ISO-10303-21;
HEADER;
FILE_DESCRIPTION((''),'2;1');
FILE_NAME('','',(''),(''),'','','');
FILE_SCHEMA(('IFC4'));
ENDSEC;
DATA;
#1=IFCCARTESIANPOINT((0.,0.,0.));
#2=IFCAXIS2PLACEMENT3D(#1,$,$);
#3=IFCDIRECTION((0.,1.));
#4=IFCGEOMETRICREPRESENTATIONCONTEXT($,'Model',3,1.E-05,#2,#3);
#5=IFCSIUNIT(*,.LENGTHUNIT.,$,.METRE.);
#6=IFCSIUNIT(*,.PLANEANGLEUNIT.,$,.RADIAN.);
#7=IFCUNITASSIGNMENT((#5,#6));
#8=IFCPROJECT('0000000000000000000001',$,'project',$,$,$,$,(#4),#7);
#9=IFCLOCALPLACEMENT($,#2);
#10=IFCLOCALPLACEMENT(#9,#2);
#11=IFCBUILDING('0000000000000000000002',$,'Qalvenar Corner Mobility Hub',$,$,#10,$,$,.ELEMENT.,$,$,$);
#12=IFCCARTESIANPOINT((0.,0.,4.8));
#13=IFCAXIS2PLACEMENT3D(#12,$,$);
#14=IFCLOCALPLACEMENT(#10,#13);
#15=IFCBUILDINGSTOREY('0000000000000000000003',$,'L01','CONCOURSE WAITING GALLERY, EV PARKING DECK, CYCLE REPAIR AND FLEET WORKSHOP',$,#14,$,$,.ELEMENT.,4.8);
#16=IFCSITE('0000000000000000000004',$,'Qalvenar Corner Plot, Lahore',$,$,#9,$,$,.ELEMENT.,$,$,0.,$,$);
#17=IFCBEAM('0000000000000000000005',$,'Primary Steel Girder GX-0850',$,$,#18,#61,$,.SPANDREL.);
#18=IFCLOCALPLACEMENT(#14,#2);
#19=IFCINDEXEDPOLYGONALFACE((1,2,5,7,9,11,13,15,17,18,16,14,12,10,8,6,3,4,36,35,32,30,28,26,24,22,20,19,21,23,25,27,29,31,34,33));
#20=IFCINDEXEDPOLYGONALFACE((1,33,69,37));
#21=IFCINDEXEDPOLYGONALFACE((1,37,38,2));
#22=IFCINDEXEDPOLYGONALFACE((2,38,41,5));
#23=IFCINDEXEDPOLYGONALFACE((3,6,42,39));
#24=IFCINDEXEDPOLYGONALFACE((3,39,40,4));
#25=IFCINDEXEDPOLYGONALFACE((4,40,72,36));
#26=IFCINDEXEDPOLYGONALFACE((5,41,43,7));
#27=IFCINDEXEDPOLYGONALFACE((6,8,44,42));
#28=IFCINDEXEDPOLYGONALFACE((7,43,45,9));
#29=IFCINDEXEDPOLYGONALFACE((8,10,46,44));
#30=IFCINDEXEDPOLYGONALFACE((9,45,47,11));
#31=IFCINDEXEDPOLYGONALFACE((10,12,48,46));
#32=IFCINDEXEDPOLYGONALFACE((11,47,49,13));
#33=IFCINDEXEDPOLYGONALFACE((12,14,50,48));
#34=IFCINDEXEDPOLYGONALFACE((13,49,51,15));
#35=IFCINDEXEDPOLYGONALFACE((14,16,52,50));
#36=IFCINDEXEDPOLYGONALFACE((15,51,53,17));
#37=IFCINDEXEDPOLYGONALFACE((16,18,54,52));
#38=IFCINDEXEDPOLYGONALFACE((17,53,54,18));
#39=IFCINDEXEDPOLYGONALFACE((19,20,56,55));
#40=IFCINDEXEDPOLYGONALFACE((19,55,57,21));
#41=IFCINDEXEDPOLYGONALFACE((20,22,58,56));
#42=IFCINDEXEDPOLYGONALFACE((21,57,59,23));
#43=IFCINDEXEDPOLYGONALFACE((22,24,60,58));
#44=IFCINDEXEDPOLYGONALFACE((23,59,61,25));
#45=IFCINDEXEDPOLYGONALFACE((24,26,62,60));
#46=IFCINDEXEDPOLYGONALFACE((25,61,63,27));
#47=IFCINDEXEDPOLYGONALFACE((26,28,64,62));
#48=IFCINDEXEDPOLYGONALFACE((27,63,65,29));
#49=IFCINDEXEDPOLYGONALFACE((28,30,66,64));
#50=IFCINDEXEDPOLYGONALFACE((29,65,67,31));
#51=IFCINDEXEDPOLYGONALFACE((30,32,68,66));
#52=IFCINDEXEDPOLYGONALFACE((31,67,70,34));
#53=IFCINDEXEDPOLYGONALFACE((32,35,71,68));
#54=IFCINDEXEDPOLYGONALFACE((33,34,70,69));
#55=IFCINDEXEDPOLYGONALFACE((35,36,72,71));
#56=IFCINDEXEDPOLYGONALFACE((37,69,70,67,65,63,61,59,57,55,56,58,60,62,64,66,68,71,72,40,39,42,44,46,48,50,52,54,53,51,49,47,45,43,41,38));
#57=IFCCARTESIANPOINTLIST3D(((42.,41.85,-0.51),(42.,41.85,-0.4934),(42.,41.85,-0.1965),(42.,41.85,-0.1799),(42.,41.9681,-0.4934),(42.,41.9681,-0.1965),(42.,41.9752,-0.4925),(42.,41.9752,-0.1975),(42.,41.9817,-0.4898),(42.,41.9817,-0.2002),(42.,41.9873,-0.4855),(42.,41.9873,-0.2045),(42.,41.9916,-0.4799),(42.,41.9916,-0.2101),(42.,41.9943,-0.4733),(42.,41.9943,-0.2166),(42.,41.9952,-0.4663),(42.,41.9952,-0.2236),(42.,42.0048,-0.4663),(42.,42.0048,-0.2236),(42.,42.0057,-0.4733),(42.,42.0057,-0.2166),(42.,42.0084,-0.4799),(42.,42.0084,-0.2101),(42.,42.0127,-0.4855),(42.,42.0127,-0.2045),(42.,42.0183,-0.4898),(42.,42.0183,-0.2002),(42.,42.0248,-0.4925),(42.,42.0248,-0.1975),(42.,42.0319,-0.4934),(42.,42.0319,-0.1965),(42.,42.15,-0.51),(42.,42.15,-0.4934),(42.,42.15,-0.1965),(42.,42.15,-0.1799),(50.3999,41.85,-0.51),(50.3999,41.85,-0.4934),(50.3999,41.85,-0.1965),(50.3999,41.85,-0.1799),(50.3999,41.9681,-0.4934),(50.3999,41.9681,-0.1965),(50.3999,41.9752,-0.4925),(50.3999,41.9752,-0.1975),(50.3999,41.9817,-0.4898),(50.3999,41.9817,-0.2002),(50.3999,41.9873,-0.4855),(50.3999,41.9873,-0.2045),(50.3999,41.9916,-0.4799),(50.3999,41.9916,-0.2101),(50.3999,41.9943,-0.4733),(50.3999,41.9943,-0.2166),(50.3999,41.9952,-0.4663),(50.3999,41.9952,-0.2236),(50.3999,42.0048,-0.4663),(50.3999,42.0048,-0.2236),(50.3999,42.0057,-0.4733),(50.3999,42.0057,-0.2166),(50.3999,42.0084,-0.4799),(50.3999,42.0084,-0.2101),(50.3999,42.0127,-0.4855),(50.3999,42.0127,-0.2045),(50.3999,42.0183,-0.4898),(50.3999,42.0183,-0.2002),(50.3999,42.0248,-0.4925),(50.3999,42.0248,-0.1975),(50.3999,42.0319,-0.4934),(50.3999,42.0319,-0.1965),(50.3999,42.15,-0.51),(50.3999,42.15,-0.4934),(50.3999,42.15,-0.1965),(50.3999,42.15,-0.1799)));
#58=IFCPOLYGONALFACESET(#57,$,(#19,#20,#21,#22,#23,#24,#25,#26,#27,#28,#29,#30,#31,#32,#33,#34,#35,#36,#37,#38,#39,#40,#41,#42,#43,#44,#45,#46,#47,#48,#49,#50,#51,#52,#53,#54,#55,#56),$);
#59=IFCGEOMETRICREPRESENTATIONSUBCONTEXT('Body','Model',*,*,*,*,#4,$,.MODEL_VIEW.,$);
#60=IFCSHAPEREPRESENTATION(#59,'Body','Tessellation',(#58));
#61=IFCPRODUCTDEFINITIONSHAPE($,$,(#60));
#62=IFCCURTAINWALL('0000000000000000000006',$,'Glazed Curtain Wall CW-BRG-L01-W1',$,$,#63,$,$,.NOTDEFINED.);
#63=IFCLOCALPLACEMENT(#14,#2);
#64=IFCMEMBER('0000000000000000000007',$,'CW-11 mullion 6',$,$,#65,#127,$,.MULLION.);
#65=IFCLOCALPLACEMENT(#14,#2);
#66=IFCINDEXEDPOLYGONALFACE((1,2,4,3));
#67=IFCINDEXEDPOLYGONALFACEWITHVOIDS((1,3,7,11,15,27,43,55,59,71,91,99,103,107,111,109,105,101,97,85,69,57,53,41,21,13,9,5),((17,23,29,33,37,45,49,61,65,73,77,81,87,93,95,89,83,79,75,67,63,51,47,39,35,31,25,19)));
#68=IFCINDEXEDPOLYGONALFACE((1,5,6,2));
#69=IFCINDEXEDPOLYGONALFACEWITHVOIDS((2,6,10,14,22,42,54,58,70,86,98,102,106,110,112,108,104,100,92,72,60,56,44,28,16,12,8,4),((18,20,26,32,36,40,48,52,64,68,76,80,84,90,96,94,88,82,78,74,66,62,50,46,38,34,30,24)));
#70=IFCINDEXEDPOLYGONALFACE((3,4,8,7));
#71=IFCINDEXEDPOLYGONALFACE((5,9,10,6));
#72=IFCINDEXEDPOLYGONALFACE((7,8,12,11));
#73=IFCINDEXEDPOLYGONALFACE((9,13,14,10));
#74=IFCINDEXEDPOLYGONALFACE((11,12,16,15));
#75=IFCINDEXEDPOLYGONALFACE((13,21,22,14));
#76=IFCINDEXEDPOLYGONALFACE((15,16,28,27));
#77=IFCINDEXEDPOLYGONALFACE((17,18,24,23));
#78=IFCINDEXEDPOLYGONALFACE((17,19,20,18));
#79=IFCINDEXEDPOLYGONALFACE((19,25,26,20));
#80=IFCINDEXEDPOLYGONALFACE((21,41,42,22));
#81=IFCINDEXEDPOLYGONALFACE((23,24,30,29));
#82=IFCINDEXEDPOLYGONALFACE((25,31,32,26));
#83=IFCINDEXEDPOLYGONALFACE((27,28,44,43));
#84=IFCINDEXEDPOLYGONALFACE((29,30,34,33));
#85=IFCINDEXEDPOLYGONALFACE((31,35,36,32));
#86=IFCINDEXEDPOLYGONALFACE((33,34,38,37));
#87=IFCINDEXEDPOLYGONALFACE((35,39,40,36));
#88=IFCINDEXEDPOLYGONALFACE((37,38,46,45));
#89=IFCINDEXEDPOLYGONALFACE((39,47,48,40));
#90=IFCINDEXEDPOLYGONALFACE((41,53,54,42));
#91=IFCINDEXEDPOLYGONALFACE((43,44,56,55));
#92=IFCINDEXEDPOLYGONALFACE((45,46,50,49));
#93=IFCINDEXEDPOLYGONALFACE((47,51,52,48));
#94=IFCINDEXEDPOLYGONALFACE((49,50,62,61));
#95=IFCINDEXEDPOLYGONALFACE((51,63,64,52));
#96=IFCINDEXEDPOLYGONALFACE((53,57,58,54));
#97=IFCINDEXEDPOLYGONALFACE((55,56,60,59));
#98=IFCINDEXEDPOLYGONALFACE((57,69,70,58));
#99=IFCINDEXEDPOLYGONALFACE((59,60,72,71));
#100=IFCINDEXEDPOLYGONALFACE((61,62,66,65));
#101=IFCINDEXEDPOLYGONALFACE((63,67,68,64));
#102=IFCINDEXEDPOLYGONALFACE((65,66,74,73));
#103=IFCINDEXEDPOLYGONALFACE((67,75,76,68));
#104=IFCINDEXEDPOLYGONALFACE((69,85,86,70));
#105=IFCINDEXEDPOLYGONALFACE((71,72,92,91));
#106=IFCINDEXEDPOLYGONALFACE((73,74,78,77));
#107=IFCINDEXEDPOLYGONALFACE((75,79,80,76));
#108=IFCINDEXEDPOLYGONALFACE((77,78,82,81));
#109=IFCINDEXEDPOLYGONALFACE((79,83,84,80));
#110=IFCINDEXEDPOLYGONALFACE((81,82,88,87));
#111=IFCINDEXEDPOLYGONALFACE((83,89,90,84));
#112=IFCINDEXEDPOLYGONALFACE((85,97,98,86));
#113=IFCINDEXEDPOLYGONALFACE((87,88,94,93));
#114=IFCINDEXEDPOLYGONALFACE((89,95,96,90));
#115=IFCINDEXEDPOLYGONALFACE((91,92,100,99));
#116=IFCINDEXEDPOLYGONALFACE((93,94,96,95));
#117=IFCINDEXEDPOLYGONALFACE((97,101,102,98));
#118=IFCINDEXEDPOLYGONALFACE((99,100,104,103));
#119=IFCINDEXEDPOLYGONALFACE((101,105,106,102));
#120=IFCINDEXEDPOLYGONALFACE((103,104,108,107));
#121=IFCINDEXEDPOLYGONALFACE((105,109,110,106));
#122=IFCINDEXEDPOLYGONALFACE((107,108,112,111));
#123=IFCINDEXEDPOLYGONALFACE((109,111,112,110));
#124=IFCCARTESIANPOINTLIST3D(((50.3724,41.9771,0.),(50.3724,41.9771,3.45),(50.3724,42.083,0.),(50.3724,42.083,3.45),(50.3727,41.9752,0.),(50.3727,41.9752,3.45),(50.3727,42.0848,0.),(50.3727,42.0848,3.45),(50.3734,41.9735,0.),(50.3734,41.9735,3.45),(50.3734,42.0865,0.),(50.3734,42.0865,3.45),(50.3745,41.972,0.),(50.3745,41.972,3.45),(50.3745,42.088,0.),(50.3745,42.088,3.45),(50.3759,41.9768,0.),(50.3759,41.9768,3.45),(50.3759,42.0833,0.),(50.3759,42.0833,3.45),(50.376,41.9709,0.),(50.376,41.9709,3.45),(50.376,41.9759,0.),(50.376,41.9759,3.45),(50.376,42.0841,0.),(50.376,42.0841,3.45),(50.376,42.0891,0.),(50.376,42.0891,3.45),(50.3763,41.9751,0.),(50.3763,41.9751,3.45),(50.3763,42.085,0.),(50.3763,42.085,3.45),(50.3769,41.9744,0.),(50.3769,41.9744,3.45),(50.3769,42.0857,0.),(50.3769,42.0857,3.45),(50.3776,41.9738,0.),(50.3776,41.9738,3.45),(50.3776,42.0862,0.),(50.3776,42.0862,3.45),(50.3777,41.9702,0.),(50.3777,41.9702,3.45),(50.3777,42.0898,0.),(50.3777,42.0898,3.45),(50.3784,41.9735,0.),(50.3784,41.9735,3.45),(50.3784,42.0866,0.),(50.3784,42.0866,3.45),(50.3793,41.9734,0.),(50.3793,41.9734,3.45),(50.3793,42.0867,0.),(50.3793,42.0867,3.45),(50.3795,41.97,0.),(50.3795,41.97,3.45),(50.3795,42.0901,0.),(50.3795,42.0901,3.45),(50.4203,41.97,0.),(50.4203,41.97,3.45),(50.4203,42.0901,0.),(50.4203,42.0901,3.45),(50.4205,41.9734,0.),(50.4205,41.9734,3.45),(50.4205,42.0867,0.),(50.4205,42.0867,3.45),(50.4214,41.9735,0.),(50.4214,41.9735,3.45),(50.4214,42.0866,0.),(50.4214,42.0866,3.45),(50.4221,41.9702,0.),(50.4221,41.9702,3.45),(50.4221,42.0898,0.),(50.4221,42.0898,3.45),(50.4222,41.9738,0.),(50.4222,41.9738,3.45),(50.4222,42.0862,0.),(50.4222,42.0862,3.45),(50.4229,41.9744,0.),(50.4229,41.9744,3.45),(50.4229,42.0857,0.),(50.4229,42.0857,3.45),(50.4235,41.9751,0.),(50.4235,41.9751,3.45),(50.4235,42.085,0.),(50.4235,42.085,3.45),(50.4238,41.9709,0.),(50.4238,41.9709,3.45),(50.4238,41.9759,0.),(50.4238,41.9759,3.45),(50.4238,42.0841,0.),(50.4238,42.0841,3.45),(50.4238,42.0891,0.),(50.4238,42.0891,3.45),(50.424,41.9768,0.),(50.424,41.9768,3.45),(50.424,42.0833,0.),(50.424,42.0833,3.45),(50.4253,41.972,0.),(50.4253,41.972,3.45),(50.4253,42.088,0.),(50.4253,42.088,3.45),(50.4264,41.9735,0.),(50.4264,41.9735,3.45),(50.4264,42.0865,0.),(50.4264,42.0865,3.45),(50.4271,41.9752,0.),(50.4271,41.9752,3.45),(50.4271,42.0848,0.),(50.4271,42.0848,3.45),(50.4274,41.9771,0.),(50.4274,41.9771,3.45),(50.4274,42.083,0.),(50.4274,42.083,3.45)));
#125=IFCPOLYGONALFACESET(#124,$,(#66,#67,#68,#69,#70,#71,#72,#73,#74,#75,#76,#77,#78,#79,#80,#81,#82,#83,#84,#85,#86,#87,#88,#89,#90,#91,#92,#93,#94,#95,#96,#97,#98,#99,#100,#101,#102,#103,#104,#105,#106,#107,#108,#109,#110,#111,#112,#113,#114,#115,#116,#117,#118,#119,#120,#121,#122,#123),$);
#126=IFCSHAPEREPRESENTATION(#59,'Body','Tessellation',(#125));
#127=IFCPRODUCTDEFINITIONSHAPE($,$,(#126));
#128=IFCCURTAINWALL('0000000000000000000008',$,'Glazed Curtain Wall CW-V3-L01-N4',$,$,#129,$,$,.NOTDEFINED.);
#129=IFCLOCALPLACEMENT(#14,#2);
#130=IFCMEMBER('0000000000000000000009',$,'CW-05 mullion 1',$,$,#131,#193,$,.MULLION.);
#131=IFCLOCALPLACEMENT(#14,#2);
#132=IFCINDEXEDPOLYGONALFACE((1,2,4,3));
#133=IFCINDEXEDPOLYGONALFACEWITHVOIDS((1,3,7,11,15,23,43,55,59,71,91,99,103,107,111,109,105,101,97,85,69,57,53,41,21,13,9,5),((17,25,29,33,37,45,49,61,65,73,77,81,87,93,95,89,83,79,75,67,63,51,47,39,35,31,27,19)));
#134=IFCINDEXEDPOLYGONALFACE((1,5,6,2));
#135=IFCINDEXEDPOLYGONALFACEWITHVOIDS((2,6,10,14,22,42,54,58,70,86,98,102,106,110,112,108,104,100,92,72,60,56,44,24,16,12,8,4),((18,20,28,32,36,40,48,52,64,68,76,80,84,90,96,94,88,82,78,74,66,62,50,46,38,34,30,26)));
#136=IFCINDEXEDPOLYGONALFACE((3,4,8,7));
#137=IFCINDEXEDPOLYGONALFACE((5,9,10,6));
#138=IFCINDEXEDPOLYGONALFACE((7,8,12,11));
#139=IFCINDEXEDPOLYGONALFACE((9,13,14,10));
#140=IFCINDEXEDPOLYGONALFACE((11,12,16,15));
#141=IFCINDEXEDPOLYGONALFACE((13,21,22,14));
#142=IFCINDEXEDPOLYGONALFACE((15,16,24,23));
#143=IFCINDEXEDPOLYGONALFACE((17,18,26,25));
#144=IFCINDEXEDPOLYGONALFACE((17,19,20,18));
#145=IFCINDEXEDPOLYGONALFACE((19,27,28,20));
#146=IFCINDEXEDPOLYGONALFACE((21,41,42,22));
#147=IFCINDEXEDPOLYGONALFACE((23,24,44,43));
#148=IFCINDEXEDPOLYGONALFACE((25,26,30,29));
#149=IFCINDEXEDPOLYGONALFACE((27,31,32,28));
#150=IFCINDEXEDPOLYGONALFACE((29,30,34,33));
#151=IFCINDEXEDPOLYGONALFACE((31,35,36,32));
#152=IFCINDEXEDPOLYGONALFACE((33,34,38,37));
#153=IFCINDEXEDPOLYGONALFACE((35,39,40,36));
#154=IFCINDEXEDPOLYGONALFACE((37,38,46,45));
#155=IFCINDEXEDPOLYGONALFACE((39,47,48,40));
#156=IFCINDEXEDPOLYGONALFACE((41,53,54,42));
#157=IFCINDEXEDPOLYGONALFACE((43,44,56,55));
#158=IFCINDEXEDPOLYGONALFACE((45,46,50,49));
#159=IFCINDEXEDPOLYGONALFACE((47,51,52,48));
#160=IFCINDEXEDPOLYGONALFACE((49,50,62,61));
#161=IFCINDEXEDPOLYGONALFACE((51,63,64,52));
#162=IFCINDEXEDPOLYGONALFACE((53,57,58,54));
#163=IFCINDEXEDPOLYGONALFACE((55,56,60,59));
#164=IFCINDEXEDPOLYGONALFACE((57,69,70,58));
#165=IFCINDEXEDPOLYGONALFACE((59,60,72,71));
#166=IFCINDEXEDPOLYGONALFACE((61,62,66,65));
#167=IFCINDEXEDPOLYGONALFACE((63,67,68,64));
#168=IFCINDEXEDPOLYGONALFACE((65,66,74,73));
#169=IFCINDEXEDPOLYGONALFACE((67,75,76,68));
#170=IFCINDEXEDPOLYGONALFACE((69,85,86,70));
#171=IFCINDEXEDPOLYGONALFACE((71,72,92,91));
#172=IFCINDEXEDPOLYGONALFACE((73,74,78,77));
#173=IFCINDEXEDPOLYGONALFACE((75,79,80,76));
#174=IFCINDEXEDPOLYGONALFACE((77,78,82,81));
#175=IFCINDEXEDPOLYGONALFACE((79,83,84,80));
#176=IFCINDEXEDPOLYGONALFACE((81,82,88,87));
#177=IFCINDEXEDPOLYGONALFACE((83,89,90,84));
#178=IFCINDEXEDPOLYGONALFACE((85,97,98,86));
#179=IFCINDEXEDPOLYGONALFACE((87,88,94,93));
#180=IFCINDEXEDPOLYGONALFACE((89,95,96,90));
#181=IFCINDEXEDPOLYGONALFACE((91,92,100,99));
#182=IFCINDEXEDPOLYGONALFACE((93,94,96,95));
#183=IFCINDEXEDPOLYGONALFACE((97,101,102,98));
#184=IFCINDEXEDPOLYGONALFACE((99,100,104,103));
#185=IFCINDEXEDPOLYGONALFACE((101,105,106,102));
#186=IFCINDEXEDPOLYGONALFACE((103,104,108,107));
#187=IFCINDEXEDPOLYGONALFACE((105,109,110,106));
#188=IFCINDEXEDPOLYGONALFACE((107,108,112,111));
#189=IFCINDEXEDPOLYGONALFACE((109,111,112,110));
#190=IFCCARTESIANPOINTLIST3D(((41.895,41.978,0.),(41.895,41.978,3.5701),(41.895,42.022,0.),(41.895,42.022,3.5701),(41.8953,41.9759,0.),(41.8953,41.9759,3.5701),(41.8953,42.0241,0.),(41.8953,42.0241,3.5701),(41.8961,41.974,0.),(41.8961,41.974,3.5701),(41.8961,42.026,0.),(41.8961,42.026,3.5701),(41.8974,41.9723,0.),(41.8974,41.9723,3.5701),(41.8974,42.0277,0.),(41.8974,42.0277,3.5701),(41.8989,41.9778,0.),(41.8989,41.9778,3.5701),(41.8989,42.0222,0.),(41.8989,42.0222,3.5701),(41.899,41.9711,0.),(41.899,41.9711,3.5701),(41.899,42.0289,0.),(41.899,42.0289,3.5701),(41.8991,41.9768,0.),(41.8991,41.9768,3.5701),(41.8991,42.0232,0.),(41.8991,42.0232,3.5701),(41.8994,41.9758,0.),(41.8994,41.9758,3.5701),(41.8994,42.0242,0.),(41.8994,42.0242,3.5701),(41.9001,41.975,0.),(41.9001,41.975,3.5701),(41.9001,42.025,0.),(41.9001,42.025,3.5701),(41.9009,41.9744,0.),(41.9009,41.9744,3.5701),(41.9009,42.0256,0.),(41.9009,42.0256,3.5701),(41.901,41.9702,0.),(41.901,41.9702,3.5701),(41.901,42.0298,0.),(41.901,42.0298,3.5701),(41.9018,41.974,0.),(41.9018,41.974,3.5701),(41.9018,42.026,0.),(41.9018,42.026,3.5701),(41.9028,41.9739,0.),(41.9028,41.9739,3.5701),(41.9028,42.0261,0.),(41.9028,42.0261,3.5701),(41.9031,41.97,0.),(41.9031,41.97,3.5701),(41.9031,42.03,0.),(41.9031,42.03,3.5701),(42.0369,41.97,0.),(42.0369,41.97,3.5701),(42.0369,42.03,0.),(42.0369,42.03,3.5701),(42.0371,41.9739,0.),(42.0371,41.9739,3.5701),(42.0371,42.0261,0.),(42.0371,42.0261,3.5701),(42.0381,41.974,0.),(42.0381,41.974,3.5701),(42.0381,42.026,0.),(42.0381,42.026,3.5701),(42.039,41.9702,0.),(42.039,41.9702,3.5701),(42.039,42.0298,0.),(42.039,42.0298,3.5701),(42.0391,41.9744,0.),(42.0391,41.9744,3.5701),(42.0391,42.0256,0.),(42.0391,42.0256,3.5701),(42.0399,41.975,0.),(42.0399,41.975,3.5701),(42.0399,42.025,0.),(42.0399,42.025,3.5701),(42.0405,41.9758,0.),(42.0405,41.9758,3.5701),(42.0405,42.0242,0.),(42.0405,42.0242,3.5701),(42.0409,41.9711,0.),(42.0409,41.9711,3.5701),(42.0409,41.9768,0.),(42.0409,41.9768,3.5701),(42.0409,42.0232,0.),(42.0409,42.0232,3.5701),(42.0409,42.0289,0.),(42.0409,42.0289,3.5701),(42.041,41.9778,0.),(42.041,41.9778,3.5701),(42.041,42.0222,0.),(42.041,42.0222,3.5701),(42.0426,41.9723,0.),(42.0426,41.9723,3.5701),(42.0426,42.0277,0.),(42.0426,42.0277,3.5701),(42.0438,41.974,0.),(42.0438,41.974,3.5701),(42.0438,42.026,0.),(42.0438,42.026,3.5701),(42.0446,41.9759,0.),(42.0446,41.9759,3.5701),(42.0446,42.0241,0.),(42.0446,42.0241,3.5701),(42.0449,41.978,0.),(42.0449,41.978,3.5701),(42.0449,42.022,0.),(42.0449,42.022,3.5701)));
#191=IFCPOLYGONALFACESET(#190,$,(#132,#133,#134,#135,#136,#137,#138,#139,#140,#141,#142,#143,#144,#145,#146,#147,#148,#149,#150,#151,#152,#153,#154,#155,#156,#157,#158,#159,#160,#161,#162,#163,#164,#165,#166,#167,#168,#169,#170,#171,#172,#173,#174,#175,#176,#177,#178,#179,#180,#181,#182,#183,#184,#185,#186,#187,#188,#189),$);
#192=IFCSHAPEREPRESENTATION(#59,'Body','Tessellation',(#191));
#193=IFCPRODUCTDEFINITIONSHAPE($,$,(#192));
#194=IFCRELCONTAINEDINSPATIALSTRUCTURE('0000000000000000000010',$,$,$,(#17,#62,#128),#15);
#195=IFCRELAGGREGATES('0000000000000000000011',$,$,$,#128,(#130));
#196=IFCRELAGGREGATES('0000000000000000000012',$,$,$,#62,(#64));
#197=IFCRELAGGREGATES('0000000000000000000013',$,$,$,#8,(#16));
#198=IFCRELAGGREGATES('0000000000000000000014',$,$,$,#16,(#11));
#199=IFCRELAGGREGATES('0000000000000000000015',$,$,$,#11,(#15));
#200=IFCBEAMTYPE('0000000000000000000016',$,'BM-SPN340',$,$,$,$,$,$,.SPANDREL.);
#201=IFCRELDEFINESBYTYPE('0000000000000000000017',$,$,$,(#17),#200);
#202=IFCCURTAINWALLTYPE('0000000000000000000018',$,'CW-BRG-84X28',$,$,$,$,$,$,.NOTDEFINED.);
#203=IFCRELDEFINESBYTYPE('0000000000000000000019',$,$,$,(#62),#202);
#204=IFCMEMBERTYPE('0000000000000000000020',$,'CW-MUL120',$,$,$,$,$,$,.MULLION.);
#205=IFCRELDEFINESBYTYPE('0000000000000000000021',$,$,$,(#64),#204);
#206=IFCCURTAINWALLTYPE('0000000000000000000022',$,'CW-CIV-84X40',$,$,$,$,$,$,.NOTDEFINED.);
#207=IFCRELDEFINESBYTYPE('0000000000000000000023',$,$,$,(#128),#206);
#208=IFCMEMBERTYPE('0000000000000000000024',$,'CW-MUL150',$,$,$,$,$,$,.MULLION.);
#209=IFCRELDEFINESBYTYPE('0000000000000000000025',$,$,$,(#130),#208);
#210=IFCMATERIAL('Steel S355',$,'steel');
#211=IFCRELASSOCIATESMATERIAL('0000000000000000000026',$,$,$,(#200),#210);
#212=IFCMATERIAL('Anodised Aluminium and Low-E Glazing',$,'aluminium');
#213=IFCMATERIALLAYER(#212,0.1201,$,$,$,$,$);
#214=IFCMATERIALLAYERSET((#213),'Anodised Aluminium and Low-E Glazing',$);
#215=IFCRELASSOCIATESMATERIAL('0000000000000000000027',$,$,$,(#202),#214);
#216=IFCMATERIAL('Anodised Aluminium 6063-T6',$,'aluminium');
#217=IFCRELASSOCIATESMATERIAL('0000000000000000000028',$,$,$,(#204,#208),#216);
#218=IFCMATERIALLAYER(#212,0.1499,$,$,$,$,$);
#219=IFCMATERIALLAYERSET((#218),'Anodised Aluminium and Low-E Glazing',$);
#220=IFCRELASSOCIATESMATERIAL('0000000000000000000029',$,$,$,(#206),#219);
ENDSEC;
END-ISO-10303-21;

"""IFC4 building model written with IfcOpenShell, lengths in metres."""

from ifc_helpers import new_model, si_unit, direction, frame, origin, origin_2d, place, context, subcontext, project, spatial, hollow_rectangle, i_section, extrude, material, layer, layer_set, material_profile, profile_set, type_object, element, aggregate, save


model = new_model("IFC4")

# Units and contexts
model_context = context("Model", 3, precision=1e-05, world=origin(), true_north=direction((0.0, 1.0)))
body_context = subcontext(model_context, "Body", "Model", "MODEL_VIEW")
ifc_project = project(units=[si_unit("LENGTHUNIT", "METRE"), si_unit("PLANEANGLEUNIT", "RADIAN")], contexts=[model_context])

# Site, building, storey
site_placement = place(None, origin())
site = spatial("IfcSite", under=ifc_project, at=site_placement, Name="Qalvenar Corner Plot, Lahore", CompositionType="ELEMENT", RefElevation=0.0)
building_placement = place(site_placement, origin())
building = spatial("IfcBuilding", under=site, at=building_placement, Name="Qalvenar Corner Mobility Hub", CompositionType="ELEMENT")
storey_placement = place(building_placement, frame((0.0, 0.0, 4.8)))
storey = spatial("IfcBuildingStorey", under=building, at=storey_placement, Name="L01", Description="CONCOURSE WAITING GALLERY, EV PARKING DECK, CYCLE REPAIR AND FLEET WORKSHOP", CompositionType="ELEMENT", Elevation=4.8)

# Shared definitions
ifc_material_1 = material(Name="Steel S355", Category="steel")

# Beam
ifc_material_profile_1 = material_profile(ifc_material_1, i_section(OverallWidth=0.3, OverallDepth=0.3301, WebThickness=0.0095, FlangeThickness=0.0166, FilletRadius=0.0271, at=origin_2d()), Name="HEA340")
ifc_profile_set_1 = profile_set([ifc_material_profile_1], Name="Steel S355")
beam_type_1 = type_object("IfcBeamType", Name="BM-SPN340", PredefinedType="SPANDREL", material=ifc_profile_set_1)
beam_1_placement = place(storey_placement, frame((42.0, 42.0, -0.345), z_axis=(1.0, 0.0, 0.0), x_axis=(0.0, 1.0, 0.0)))
element("IfcBeam", 1, at=beam_1_placement, inside=storey, type_object=beam_type_1, Name="Primary Steel Girder GX-0850", PredefinedType="SPANDREL", context=body_context, shape_type="SweptSolid", body=[
    extrude(i_section(OverallWidth=0.3, OverallDepth=0.3301, WebThickness=0.0095, FlangeThickness=0.0166, FilletRadius=0.0271, at=origin_2d()), origin(), (0.0, 0.0, 1.0), 8.3999),
])

# Curtain wall, member
ifc_material_2 = material(Name="Anodised Aluminium and Low-E Glazing", Category="aluminium")
ifc_layer_1 = layer(ifc_material_2, 0.1201)
ifc_layer_set_1 = layer_set([ifc_layer_1], Name="Anodised Aluminium and Low-E Glazing")
curtain_wall_type_1 = type_object("IfcCurtainWallType", Name="CW-BRG-84X28", PredefinedType="NOTDEFINED", material=ifc_layer_set_1)
curtain_wall_1_placement = place(storey_placement, origin())
curtain_wall_1 = element("IfcCurtainWall", 2, at=curtain_wall_1_placement, inside=storey, type_object=curtain_wall_type_1, Name="Glazed Curtain Wall CW-BRG-L01-W1", PredefinedType="NOTDEFINED")
ifc_material_3 = material(Name="Anodised Aluminium 6063-T6", Category="aluminium")
ifc_material_profile_2 = material_profile(ifc_material_3, hollow_rectangle(XDim=0.0549, YDim=0.1201, WallThickness=0.0034, InnerFilletRadius=0.0034, OuterFilletRadius=0.0071, at=origin_2d()), Name="RHS120x55x3.5")
ifc_profile_set_2 = profile_set([ifc_material_profile_2], Name="Anodised Aluminium 6063-T6")
member_type_1 = type_object("IfcMemberType", Name="CW-MUL120", PredefinedType="MULLION", material=ifc_profile_set_2)
member_1_placement = place(storey_placement, frame((50.3999, 42.03, 0.0), z_axis=(0.0, 0.0, 1.0), x_axis=(1.0, 0.0, 0.0)))
member_1 = element("IfcMember", 3, at=member_1_placement, type_object=member_type_1, Name="CW-11 mullion 6", PredefinedType="MULLION", context=body_context, shape_type="SweptSolid", body=[
    extrude(hollow_rectangle(XDim=0.0549, YDim=0.1201, WallThickness=0.0034, InnerFilletRadius=0.0034, OuterFilletRadius=0.0071, at=origin_2d()), origin(), (0.0, 0.0, 1.0), 3.45),
])

# Curtain wall, member
ifc_layer_2 = layer(ifc_material_2, 0.1499)
ifc_layer_set_2 = layer_set([ifc_layer_2], Name="Anodised Aluminium and Low-E Glazing")
curtain_wall_type_2 = type_object("IfcCurtainWallType", Name="CW-CIV-84X40", PredefinedType="NOTDEFINED", material=ifc_layer_set_2)
curtain_wall_2_placement = place(storey_placement, origin())
curtain_wall_2 = element("IfcCurtainWall", 4, at=curtain_wall_2_placement, inside=storey, type_object=curtain_wall_type_2, Name="Glazed Curtain Wall CW-V3-L01-N4", PredefinedType="NOTDEFINED")
ifc_material_profile_3 = material_profile(ifc_material_3, hollow_rectangle(XDim=0.0601, YDim=0.1499, WallThickness=0.0039, InnerFilletRadius=0.0039, OuterFilletRadius=0.0081, at=origin_2d()), Name="RHS150x60x4")
ifc_profile_set_3 = profile_set([ifc_material_profile_3], Name="Anodised Aluminium 6063-T6")
member_type_2 = type_object("IfcMemberType", Name="CW-MUL150", PredefinedType="MULLION", material=ifc_profile_set_3)
member_2_placement = place(storey_placement, frame((41.97, 42.0, 0.0), z_axis=(0.0, 0.0, 1.0), x_axis=(0.0, -1.0, 0.0)))
member_2 = element("IfcMember", 5, at=member_2_placement, type_object=member_type_2, Name="CW-05 mullion 1", PredefinedType="MULLION", context=body_context, shape_type="SweptSolid", body=[
    extrude(hollow_rectangle(XDim=0.0601, YDim=0.1499, WallThickness=0.0039, InnerFilletRadius=0.0039, OuterFilletRadius=0.0081, at=origin_2d()), origin(), (0.0, 0.0, 1.0), 3.5701),
])

aggregate(curtain_wall_2, [member_2])
aggregate(curtain_wall_1, [member_1])

save(model, "model.ifc")
